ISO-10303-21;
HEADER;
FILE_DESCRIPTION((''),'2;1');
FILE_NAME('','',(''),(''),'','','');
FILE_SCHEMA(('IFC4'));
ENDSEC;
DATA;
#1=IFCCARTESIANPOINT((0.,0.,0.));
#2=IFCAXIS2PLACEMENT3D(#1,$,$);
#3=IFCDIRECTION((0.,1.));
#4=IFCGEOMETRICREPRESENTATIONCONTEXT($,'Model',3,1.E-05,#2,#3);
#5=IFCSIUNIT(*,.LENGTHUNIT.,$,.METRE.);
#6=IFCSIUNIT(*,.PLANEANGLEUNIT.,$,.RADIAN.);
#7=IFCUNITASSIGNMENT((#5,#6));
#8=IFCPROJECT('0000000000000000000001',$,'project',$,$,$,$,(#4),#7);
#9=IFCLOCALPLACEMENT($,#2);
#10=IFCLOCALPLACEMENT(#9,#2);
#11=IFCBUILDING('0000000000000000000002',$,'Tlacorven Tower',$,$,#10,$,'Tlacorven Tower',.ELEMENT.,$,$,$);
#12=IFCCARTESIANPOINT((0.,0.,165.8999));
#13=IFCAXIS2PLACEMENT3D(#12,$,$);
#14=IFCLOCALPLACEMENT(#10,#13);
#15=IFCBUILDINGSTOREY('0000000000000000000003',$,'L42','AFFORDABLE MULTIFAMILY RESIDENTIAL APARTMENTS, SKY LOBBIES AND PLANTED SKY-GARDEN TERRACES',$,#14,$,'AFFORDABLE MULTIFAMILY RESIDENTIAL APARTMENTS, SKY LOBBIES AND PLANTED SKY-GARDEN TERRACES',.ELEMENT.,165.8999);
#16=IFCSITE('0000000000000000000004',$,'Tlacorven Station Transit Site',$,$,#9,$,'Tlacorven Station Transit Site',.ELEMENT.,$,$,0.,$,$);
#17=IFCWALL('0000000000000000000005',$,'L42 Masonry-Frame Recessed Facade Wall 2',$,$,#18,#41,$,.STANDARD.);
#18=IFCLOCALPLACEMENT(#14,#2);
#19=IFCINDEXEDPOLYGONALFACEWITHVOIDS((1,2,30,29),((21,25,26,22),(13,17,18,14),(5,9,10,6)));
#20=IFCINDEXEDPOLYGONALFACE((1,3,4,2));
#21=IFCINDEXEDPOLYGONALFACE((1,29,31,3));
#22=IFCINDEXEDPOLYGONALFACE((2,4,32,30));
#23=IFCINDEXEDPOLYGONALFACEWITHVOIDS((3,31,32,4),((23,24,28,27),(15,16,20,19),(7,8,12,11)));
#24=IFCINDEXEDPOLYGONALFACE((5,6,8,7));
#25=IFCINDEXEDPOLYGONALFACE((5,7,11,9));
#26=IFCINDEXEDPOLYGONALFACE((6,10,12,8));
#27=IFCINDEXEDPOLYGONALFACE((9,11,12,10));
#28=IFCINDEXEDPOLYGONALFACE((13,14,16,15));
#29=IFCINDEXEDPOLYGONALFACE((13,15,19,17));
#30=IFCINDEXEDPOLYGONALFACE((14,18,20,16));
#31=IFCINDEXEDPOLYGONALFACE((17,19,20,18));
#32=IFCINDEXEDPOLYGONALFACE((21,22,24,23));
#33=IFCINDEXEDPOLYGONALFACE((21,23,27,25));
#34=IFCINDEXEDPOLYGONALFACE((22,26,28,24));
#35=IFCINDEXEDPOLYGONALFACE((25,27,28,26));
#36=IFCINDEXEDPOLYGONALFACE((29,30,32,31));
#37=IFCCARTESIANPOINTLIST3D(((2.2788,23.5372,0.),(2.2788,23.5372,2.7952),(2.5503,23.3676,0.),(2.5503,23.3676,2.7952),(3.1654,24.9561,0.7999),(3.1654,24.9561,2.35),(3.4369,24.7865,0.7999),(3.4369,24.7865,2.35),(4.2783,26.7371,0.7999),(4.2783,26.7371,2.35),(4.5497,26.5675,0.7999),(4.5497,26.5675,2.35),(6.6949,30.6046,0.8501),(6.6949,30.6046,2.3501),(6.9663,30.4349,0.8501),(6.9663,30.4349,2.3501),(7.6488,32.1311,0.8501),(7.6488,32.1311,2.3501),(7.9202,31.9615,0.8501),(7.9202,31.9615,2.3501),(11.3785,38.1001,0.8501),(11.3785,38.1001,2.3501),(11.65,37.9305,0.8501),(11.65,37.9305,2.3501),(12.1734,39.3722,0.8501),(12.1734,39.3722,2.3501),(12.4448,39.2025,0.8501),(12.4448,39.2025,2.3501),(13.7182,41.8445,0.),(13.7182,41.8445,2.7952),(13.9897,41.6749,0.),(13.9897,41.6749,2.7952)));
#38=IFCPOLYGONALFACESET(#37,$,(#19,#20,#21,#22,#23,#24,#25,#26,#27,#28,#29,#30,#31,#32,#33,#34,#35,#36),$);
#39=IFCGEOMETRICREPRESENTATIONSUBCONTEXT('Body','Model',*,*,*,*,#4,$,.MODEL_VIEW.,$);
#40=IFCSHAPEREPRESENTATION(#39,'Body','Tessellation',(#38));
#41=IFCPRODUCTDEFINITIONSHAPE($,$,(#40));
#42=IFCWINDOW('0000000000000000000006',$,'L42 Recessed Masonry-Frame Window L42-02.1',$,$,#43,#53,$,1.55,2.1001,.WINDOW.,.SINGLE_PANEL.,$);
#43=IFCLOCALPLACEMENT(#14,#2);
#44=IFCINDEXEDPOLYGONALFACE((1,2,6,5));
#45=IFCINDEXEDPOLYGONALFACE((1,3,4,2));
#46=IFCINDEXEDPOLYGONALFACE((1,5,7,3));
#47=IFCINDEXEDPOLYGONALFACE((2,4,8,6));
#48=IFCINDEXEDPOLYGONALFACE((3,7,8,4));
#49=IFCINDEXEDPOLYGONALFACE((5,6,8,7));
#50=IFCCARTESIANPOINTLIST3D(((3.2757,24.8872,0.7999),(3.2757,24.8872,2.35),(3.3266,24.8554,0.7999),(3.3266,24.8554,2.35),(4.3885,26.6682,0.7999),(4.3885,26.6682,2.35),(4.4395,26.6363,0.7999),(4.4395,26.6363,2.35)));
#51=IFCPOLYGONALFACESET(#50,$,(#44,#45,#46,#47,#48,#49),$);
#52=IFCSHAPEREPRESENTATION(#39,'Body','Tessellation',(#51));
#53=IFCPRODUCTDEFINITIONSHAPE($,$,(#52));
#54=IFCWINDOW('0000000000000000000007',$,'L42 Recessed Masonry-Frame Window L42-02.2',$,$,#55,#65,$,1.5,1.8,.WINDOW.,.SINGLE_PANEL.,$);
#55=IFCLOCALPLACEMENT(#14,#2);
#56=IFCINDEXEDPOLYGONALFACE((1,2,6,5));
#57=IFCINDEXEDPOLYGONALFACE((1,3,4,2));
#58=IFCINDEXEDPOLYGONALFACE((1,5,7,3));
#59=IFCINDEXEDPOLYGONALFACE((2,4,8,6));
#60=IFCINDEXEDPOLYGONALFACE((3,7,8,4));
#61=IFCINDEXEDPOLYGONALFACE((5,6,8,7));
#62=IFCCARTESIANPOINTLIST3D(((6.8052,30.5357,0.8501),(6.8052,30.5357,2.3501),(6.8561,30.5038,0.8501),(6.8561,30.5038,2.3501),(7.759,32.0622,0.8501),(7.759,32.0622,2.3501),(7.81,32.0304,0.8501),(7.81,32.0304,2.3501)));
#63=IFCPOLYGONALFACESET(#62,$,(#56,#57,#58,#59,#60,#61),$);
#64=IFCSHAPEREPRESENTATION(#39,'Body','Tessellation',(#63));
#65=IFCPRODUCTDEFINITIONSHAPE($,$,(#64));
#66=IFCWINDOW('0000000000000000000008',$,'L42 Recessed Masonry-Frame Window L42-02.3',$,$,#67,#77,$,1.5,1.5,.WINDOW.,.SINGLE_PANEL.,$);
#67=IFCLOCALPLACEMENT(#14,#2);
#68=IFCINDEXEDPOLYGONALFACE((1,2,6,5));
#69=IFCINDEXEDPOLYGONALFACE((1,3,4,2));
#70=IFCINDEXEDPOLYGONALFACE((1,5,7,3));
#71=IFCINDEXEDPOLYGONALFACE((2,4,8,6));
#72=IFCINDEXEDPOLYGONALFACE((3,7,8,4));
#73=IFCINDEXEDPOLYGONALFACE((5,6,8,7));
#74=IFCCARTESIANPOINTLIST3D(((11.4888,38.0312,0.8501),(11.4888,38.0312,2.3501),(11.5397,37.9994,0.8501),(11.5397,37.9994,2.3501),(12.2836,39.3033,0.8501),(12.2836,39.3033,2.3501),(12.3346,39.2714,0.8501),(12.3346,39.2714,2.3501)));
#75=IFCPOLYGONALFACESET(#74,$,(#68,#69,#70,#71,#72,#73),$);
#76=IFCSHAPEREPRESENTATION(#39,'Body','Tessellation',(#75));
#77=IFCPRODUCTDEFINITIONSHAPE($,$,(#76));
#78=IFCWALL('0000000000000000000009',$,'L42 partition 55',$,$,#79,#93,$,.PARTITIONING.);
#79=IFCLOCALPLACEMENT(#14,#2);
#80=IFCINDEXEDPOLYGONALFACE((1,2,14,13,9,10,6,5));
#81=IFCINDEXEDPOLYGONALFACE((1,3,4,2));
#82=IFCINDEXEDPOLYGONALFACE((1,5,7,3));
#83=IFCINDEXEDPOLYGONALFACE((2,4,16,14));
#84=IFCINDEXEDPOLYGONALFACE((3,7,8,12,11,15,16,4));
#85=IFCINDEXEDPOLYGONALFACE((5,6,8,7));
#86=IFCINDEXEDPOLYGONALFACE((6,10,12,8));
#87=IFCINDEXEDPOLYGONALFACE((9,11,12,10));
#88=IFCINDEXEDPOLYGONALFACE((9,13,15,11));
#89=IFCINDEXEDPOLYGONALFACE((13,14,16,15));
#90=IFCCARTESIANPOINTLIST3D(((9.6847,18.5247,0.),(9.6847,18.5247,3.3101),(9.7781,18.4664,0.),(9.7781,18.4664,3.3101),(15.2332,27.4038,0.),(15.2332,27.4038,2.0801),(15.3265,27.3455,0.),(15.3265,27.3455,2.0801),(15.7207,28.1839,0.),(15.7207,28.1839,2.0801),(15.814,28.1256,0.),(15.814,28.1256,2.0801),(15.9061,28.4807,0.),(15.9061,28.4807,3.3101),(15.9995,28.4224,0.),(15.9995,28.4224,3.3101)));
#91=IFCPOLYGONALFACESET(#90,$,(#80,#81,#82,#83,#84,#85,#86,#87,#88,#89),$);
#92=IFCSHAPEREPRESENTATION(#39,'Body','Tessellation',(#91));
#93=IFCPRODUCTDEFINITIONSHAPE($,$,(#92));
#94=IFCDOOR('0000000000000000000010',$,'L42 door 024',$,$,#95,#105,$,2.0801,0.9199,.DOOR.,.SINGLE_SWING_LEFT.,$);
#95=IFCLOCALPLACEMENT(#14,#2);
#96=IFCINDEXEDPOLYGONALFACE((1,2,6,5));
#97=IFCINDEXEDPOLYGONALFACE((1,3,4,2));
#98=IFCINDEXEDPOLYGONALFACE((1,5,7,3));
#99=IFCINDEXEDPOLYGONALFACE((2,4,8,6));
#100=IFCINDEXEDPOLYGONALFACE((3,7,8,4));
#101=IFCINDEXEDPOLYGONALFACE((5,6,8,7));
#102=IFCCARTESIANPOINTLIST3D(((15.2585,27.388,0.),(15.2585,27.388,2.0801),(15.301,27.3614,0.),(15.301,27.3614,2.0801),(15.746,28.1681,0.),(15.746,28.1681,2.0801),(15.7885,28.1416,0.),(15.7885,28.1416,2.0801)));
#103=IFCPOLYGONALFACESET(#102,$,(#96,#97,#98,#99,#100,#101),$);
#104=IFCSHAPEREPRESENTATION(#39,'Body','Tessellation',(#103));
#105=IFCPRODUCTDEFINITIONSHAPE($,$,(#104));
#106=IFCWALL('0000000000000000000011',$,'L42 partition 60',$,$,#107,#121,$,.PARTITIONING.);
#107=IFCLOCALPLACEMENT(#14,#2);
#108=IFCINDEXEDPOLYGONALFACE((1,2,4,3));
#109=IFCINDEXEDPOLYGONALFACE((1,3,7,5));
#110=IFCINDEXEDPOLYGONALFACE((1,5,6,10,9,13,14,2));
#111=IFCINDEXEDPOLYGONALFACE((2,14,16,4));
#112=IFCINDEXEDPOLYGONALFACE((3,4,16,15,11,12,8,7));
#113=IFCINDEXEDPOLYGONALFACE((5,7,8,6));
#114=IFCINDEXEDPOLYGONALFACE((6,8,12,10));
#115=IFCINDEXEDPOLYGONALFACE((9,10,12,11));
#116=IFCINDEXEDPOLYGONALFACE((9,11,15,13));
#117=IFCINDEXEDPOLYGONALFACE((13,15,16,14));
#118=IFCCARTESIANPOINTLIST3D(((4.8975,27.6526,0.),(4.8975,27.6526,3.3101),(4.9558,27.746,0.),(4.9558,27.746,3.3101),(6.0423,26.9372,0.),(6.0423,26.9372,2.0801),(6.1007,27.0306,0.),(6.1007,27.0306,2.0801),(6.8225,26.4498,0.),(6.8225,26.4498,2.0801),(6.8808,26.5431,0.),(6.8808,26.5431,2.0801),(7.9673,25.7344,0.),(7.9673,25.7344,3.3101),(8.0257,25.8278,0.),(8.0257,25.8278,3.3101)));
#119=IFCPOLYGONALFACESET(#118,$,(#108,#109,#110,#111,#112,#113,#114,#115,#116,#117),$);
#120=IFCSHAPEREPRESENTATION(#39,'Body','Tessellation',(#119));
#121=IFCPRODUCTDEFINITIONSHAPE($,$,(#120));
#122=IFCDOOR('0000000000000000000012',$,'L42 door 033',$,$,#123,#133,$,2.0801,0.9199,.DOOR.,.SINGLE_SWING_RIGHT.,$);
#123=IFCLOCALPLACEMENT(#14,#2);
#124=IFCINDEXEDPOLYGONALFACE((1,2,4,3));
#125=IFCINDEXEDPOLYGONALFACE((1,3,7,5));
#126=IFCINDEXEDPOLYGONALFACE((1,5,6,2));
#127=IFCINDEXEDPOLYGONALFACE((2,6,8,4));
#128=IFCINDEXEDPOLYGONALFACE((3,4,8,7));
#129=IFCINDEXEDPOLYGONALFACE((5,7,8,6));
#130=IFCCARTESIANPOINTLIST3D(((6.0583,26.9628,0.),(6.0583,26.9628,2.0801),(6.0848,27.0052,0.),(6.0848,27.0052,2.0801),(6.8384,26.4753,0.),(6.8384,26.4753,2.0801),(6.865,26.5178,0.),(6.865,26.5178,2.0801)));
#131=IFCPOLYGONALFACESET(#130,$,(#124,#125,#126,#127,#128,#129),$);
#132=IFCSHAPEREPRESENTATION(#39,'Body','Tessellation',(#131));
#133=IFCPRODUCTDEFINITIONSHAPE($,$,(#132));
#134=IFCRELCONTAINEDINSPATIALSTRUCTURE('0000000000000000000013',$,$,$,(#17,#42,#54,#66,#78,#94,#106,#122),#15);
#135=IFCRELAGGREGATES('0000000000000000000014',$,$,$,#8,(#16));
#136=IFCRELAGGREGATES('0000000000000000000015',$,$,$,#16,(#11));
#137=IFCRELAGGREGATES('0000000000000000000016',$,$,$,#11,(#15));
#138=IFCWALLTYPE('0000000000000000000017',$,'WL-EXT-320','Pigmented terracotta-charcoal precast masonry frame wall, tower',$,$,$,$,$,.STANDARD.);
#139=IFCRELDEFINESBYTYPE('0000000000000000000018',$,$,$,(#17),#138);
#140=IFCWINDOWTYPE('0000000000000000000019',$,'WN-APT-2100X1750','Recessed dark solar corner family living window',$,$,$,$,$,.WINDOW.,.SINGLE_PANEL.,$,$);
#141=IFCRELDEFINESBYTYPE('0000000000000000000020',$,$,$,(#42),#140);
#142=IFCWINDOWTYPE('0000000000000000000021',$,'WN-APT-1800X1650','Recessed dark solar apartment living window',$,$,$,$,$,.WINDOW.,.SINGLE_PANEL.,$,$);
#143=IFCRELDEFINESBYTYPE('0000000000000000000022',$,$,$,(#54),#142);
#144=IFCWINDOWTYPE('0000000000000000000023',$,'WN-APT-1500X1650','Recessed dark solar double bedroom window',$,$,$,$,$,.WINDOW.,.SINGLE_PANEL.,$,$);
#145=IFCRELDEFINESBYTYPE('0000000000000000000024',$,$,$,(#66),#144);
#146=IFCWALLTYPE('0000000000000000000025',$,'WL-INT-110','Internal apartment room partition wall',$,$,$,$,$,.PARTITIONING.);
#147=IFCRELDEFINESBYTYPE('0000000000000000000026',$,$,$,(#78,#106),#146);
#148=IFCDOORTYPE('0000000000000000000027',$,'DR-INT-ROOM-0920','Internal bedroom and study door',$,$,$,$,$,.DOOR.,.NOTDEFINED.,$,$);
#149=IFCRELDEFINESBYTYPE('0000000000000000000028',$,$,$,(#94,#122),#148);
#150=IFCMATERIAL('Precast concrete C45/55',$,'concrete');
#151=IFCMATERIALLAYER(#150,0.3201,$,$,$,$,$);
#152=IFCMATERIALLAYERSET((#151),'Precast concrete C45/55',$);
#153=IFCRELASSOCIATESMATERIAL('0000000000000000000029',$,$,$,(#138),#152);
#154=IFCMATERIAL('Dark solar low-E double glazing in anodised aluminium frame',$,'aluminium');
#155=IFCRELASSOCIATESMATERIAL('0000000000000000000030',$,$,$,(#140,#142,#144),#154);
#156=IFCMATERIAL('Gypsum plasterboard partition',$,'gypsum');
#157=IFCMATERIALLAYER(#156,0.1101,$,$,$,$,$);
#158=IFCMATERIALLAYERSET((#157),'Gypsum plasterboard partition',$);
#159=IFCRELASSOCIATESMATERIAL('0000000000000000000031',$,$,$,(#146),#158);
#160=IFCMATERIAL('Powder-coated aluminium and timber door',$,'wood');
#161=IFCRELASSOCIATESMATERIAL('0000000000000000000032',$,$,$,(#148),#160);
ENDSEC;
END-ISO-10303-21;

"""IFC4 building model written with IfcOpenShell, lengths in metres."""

from ifc_helpers import new_model, si_unit, direction, frame, frame_2d, origin, place, context, subcontext, project, spatial, rectangle, extrude, source, transform, mapped, material, layer, layer_set, type_object, element, fill, save


model = new_model("IFC4")

# Units and contexts
model_context = context("Model", 3, precision=1e-05, world=origin(), true_north=direction((0.0, 1.0)))
body_context = subcontext(model_context, "Body", "Model", "MODEL_VIEW")
ifc_project = project(units=[si_unit("LENGTHUNIT", "METRE"), si_unit("PLANEANGLEUNIT", "RADIAN")], contexts=[model_context])

# Site, building, storey
site_placement = place(None, origin())
site = spatial("IfcSite", under=ifc_project, at=site_placement, Name="Tlacorven Station Transit Site", LongName="Tlacorven Station Transit Site", CompositionType="ELEMENT", RefElevation=0.0)
building_placement = place(site_placement, origin())
building = spatial("IfcBuilding", under=site, at=building_placement, Name="Tlacorven Tower", LongName="Tlacorven Tower", CompositionType="ELEMENT")
storey_placement = place(building_placement, frame((0.0, 0.0, 165.8999)))
storey = spatial("IfcBuildingStorey", under=building, at=storey_placement, Name="L42", Description="AFFORDABLE MULTIFAMILY RESIDENTIAL APARTMENTS, SKY LOBBIES AND PLANTED SKY-GARDEN TERRACES", LongName="AFFORDABLE MULTIFAMILY RESIDENTIAL APARTMENTS, SKY LOBBIES AND PLANTED SKY-GARDEN TERRACES", CompositionType="ELEMENT", Elevation=165.8999)

# Wall, openings, windows
ifc_material_1 = material(Name="Precast concrete C45/55", Category="concrete")
ifc_layer_1 = layer(ifc_material_1, 0.3201)
ifc_layer_set_1 = layer_set([ifc_layer_1], Name="Precast concrete C45/55")
wall_type_1 = type_object("IfcWallType", Name="WL-EXT-320", Description="Pigmented terracotta-charcoal precast masonry frame wall, tower", PredefinedType="STANDARD", material=ifc_layer_set_1)
wall_1_placement = place(storey_placement, frame((2.4146, 23.4524, 0.0), z_axis=(0.0, 0.0, 1.0), x_axis=(0.52991, 0.848054, 0.0)))
wall_1 = element("IfcWall", 1, at=wall_1_placement, inside=storey, type_object=wall_type_1, Name="L42 Masonry-Frame Recessed Facade Wall 2", PredefinedType="STANDARD", context=body_context, shape_type="SweptSolid", body=[
    extrude(rectangle(XDim=21.5874, YDim=0.3201, at=frame_2d((10.7937, 0.0))), origin(), (0.0, 0.0, 1.0), 2.7952),
])
opening_1_placement = place(wall_1_placement, frame((1.6731, 0.0, 0.8)))
opening_1 = element("IfcOpeningElement", 2, at=opening_1_placement, cuts=wall_1, PredefinedType="OPENING", context=body_context, shape_type="SweptSolid", body=[
    extrude(rectangle(XDim=2.1001, YDim=1.55, at=frame_2d((1.05, 0.7749))), frame((0.0, 0.1699, 0.0), z_axis=(0.0, -1.0, 0.0), x_axis=(1.0, 0.0, 0.0)), (0.0, 0.0, 1.0), 0.3401),
])
opening_2_placement = place(wall_1_placement, frame((8.3337, 0.0, 0.8501)))
opening_2 = element("IfcOpeningElement", 3, at=opening_2_placement, cuts=wall_1, PredefinedType="OPENING", context=body_context, shape_type="SweptSolid", body=[
    extrude(rectangle(XDim=1.8, YDim=1.5, at=frame_2d((0.8999, 0.75))), frame((0.0, 0.1699, 0.0), z_axis=(0.0, -1.0, 0.0), x_axis=(1.0, 0.0, 0.0)), (0.0, 0.0, 1.0), 0.3401),
])
opening_3_placement = place(wall_1_placement, frame((17.1721, 0.0, 0.8501)))
opening_3 = element("IfcOpeningElement", 4, at=opening_3_placement, cuts=wall_1, PredefinedType="OPENING", context=body_context, shape_type="SweptSolid", body=[
    extrude(rectangle(XDim=1.5, YDim=1.5, at=frame_2d((0.75, 0.75))), frame((0.0, 0.1699, 0.0), z_axis=(0.0, -1.0, 0.0), x_axis=(1.0, 0.0, 0.0)), (0.0, 0.0, 1.0), 0.3401),
])
ifc_material_2 = material(Name="Dark solar low-E double glazing in anodised aluminium frame", Category="aluminium")
window_type_1 = type_object("IfcWindowType", Name="WN-APT-2100X1750", Description="Recessed dark solar corner family living window", PartitioningType="SINGLE_PANEL", PredefinedType="WINDOW", material=ifc_material_2)
shared_shape_1 = source(origin(), body_context, "Body", "SweptSolid", [
    extrude(rectangle(XDim=2.1001, YDim=1.55, at=frame_2d((1.05, 0.7749))), frame((0.0, 0.03, 0.0), z_axis=(0.0, -1.0, 0.0), x_axis=(1.0, 0.0, 0.0)), (0.0, 0.0, 1.0), 0.0601),
])
window_1_placement = place(opening_1_placement, origin())
window_1 = element("IfcWindow", 5, at=window_1_placement, inside=storey, type_object=window_type_1, Name="L42 Recessed Masonry-Frame Window L42-02.1", OverallHeight=1.55, OverallWidth=2.1001, PartitioningType="SINGLE_PANEL", PredefinedType="WINDOW", context=body_context, shape_type="MappedRepresentation", body=[
    mapped(shared_shape_1, transform((0.0, 0.0, 0.0), scale=1.0)),
])
fill(opening_1, window_1)
window_type_2 = type_object("IfcWindowType", Name="WN-APT-1800X1650", Description="Recessed dark solar apartment living window", PartitioningType="SINGLE_PANEL", PredefinedType="WINDOW", material=ifc_material_2)
shared_shape_2 = source(origin(), body_context, "Body", "SweptSolid", [
    extrude(rectangle(XDim=1.8, YDim=1.5, at=frame_2d((0.8999, 0.75))), frame((0.0, 0.03, 0.0), z_axis=(0.0, -1.0, 0.0), x_axis=(1.0, 0.0, 0.0)), (0.0, 0.0, 1.0), 0.0601),
])
window_2_placement = place(opening_2_placement, origin())
window_2 = element("IfcWindow", 6, at=window_2_placement, inside=storey, type_object=window_type_2, Name="L42 Recessed Masonry-Frame Window L42-02.2", OverallHeight=1.5, OverallWidth=1.8, PartitioningType="SINGLE_PANEL", PredefinedType="WINDOW", context=body_context, shape_type="MappedRepresentation", body=[
    mapped(shared_shape_2, transform((0.0, 0.0, 0.0), scale=1.0)),
])
fill(opening_2, window_2)
window_type_3 = type_object("IfcWindowType", Name="WN-APT-1500X1650", Description="Recessed dark solar double bedroom window", PartitioningType="SINGLE_PANEL", PredefinedType="WINDOW", material=ifc_material_2)
shared_shape_3 = source(origin(), body_context, "Body", "SweptSolid", [
    extrude(rectangle(XDim=1.5, YDim=1.5, at=frame_2d((0.75, 0.75))), frame((0.0, 0.03, 0.0), z_axis=(0.0, -1.0, 0.0), x_axis=(1.0, 0.0, 0.0)), (0.0, 0.0, 1.0), 0.0601),
])
window_3_placement = place(opening_3_placement, origin())
window_3 = element("IfcWindow", 7, at=window_3_placement, inside=storey, type_object=window_type_3, Name="L42 Recessed Masonry-Frame Window L42-02.3", OverallHeight=1.5, OverallWidth=1.5, PartitioningType="SINGLE_PANEL", PredefinedType="WINDOW", context=body_context, shape_type="MappedRepresentation", body=[
    mapped(shared_shape_3, transform((0.0, 0.0, 0.0), scale=1.0)),
])
fill(opening_3, window_3)

# Walls, openings, doors
ifc_material_3 = material(Name="Gypsum plasterboard partition", Category="gypsum")
ifc_layer_2 = layer(ifc_material_3, 0.1101)
ifc_layer_set_2 = layer_set([ifc_layer_2], Name="Gypsum plasterboard partition")
wall_type_2 = type_object("IfcWallType", Name="WL-INT-110", Description="Internal apartment room partition wall", PredefinedType="PARTITIONING", material=ifc_layer_set_2)
wall_2_placement = place(storey_placement, frame((15.9529, 28.4517, 0.0), z_axis=(0.0, 0.0, 1.0), x_axis=(-0.529932, -0.84804, 0.0)))
wall_2 = element("IfcWall", 8, at=wall_2_placement, inside=storey, type_object=wall_type_2, Name="L42 partition 55", PredefinedType="PARTITIONING", context=body_context, shape_type="SweptSolid", body=[
    extrude(rectangle(XDim=11.74, YDim=0.1101, at=frame_2d((5.8701, 0.0))), origin(), (0.0, 0.0, 1.0), 3.3101),
])
opening_4_placement = place(wall_2_placement, frame((0.3501, 0.0, 0.0)))
opening_4 = element("IfcOpeningElement", 9, at=opening_4_placement, cuts=wall_2, PredefinedType="OPENING", context=body_context, shape_type="SweptSolid", body=[
    extrude(rectangle(XDim=0.9199, YDim=2.0801, at=frame_2d((0.46, 1.04))), frame((0.0, 0.0649, 0.0), z_axis=(0.0, -1.0, 0.0), x_axis=(1.0, 0.0, 0.0)), (0.0, 0.0, 1.0), 0.1301),
])
ifc_material_4 = material(Name="Powder-coated aluminium and timber door", Category="wood")
door_type_1 = type_object("IfcDoorType", Name="DR-INT-ROOM-0920", Description="Internal bedroom and study door", OperationType="NOTDEFINED", PredefinedType="DOOR", material=ifc_material_4)
shared_shape_4 = source(origin(), body_context, "Body", "SweptSolid", [
    extrude(rectangle(XDim=0.9199, YDim=2.0801, at=frame_2d((0.46, 1.04))), frame((0.0, 0.0249, 0.0), z_axis=(0.0, -1.0, 0.0), x_axis=(1.0, 0.0, 0.0)), (0.0, 0.0, 1.0), 0.05),
])
door_1_placement = place(opening_4_placement, origin())
door_1 = element("IfcDoor", 10, at=door_1_placement, inside=storey, type_object=door_type_1, Name="L42 door 024", OperationType="SINGLE_SWING_LEFT", OverallHeight=2.0801, OverallWidth=0.9199, PredefinedType="DOOR", context=body_context, shape_type="MappedRepresentation", body=[
    mapped(shared_shape_4, transform((0.0, 0.0, 0.0), scale=1.0)),
])
fill(opening_4, door_1)
wall_3_placement = place(storey_placement, frame((7.9966, 25.781, 0.0), z_axis=(0.0, 0.0, 1.0), x_axis=(-0.848051, 0.529914, 0.0)))
wall_3 = element("IfcWall", 11, at=wall_3_placement, inside=storey, type_object=wall_type_2, Name="L42 partition 60", PredefinedType="PARTITIONING", context=body_context, shape_type="SweptSolid", body=[
    extrude(rectangle(XDim=3.6199, YDim=0.1101, at=frame_2d((1.8101, 0.0))), origin(), (0.0, 0.0, 1.0), 3.3101),
])
opening_5_placement = place(wall_3_placement, frame((1.3501, 0.0, 0.0)))
opening_5 = element("IfcOpeningElement", 12, at=opening_5_placement, cuts=wall_3, PredefinedType="OPENING", context=body_context, shape_type="SweptSolid", body=[
    extrude(rectangle(XDim=0.9199, YDim=2.0801, at=frame_2d((0.46, 1.04))), frame((0.0, 0.0649, 0.0), z_axis=(0.0, -1.0, 0.0), x_axis=(1.0, 0.0, 0.0)), (0.0, 0.0, 1.0), 0.1301),
])
door_2_placement = place(opening_5_placement, origin())
door_2 = element("IfcDoor", 13, at=door_2_placement, inside=storey, type_object=door_type_1, Name="L42 door 033", OperationType="SINGLE_SWING_RIGHT", OverallHeight=2.0801, OverallWidth=0.9199, PredefinedType="DOOR", context=body_context, shape_type="MappedRepresentation", body=[
    mapped(shared_shape_4, transform((0.0, 0.0, 0.0), scale=1.0)),
])
fill(opening_5, door_2)

save(model, "model.ifc")
